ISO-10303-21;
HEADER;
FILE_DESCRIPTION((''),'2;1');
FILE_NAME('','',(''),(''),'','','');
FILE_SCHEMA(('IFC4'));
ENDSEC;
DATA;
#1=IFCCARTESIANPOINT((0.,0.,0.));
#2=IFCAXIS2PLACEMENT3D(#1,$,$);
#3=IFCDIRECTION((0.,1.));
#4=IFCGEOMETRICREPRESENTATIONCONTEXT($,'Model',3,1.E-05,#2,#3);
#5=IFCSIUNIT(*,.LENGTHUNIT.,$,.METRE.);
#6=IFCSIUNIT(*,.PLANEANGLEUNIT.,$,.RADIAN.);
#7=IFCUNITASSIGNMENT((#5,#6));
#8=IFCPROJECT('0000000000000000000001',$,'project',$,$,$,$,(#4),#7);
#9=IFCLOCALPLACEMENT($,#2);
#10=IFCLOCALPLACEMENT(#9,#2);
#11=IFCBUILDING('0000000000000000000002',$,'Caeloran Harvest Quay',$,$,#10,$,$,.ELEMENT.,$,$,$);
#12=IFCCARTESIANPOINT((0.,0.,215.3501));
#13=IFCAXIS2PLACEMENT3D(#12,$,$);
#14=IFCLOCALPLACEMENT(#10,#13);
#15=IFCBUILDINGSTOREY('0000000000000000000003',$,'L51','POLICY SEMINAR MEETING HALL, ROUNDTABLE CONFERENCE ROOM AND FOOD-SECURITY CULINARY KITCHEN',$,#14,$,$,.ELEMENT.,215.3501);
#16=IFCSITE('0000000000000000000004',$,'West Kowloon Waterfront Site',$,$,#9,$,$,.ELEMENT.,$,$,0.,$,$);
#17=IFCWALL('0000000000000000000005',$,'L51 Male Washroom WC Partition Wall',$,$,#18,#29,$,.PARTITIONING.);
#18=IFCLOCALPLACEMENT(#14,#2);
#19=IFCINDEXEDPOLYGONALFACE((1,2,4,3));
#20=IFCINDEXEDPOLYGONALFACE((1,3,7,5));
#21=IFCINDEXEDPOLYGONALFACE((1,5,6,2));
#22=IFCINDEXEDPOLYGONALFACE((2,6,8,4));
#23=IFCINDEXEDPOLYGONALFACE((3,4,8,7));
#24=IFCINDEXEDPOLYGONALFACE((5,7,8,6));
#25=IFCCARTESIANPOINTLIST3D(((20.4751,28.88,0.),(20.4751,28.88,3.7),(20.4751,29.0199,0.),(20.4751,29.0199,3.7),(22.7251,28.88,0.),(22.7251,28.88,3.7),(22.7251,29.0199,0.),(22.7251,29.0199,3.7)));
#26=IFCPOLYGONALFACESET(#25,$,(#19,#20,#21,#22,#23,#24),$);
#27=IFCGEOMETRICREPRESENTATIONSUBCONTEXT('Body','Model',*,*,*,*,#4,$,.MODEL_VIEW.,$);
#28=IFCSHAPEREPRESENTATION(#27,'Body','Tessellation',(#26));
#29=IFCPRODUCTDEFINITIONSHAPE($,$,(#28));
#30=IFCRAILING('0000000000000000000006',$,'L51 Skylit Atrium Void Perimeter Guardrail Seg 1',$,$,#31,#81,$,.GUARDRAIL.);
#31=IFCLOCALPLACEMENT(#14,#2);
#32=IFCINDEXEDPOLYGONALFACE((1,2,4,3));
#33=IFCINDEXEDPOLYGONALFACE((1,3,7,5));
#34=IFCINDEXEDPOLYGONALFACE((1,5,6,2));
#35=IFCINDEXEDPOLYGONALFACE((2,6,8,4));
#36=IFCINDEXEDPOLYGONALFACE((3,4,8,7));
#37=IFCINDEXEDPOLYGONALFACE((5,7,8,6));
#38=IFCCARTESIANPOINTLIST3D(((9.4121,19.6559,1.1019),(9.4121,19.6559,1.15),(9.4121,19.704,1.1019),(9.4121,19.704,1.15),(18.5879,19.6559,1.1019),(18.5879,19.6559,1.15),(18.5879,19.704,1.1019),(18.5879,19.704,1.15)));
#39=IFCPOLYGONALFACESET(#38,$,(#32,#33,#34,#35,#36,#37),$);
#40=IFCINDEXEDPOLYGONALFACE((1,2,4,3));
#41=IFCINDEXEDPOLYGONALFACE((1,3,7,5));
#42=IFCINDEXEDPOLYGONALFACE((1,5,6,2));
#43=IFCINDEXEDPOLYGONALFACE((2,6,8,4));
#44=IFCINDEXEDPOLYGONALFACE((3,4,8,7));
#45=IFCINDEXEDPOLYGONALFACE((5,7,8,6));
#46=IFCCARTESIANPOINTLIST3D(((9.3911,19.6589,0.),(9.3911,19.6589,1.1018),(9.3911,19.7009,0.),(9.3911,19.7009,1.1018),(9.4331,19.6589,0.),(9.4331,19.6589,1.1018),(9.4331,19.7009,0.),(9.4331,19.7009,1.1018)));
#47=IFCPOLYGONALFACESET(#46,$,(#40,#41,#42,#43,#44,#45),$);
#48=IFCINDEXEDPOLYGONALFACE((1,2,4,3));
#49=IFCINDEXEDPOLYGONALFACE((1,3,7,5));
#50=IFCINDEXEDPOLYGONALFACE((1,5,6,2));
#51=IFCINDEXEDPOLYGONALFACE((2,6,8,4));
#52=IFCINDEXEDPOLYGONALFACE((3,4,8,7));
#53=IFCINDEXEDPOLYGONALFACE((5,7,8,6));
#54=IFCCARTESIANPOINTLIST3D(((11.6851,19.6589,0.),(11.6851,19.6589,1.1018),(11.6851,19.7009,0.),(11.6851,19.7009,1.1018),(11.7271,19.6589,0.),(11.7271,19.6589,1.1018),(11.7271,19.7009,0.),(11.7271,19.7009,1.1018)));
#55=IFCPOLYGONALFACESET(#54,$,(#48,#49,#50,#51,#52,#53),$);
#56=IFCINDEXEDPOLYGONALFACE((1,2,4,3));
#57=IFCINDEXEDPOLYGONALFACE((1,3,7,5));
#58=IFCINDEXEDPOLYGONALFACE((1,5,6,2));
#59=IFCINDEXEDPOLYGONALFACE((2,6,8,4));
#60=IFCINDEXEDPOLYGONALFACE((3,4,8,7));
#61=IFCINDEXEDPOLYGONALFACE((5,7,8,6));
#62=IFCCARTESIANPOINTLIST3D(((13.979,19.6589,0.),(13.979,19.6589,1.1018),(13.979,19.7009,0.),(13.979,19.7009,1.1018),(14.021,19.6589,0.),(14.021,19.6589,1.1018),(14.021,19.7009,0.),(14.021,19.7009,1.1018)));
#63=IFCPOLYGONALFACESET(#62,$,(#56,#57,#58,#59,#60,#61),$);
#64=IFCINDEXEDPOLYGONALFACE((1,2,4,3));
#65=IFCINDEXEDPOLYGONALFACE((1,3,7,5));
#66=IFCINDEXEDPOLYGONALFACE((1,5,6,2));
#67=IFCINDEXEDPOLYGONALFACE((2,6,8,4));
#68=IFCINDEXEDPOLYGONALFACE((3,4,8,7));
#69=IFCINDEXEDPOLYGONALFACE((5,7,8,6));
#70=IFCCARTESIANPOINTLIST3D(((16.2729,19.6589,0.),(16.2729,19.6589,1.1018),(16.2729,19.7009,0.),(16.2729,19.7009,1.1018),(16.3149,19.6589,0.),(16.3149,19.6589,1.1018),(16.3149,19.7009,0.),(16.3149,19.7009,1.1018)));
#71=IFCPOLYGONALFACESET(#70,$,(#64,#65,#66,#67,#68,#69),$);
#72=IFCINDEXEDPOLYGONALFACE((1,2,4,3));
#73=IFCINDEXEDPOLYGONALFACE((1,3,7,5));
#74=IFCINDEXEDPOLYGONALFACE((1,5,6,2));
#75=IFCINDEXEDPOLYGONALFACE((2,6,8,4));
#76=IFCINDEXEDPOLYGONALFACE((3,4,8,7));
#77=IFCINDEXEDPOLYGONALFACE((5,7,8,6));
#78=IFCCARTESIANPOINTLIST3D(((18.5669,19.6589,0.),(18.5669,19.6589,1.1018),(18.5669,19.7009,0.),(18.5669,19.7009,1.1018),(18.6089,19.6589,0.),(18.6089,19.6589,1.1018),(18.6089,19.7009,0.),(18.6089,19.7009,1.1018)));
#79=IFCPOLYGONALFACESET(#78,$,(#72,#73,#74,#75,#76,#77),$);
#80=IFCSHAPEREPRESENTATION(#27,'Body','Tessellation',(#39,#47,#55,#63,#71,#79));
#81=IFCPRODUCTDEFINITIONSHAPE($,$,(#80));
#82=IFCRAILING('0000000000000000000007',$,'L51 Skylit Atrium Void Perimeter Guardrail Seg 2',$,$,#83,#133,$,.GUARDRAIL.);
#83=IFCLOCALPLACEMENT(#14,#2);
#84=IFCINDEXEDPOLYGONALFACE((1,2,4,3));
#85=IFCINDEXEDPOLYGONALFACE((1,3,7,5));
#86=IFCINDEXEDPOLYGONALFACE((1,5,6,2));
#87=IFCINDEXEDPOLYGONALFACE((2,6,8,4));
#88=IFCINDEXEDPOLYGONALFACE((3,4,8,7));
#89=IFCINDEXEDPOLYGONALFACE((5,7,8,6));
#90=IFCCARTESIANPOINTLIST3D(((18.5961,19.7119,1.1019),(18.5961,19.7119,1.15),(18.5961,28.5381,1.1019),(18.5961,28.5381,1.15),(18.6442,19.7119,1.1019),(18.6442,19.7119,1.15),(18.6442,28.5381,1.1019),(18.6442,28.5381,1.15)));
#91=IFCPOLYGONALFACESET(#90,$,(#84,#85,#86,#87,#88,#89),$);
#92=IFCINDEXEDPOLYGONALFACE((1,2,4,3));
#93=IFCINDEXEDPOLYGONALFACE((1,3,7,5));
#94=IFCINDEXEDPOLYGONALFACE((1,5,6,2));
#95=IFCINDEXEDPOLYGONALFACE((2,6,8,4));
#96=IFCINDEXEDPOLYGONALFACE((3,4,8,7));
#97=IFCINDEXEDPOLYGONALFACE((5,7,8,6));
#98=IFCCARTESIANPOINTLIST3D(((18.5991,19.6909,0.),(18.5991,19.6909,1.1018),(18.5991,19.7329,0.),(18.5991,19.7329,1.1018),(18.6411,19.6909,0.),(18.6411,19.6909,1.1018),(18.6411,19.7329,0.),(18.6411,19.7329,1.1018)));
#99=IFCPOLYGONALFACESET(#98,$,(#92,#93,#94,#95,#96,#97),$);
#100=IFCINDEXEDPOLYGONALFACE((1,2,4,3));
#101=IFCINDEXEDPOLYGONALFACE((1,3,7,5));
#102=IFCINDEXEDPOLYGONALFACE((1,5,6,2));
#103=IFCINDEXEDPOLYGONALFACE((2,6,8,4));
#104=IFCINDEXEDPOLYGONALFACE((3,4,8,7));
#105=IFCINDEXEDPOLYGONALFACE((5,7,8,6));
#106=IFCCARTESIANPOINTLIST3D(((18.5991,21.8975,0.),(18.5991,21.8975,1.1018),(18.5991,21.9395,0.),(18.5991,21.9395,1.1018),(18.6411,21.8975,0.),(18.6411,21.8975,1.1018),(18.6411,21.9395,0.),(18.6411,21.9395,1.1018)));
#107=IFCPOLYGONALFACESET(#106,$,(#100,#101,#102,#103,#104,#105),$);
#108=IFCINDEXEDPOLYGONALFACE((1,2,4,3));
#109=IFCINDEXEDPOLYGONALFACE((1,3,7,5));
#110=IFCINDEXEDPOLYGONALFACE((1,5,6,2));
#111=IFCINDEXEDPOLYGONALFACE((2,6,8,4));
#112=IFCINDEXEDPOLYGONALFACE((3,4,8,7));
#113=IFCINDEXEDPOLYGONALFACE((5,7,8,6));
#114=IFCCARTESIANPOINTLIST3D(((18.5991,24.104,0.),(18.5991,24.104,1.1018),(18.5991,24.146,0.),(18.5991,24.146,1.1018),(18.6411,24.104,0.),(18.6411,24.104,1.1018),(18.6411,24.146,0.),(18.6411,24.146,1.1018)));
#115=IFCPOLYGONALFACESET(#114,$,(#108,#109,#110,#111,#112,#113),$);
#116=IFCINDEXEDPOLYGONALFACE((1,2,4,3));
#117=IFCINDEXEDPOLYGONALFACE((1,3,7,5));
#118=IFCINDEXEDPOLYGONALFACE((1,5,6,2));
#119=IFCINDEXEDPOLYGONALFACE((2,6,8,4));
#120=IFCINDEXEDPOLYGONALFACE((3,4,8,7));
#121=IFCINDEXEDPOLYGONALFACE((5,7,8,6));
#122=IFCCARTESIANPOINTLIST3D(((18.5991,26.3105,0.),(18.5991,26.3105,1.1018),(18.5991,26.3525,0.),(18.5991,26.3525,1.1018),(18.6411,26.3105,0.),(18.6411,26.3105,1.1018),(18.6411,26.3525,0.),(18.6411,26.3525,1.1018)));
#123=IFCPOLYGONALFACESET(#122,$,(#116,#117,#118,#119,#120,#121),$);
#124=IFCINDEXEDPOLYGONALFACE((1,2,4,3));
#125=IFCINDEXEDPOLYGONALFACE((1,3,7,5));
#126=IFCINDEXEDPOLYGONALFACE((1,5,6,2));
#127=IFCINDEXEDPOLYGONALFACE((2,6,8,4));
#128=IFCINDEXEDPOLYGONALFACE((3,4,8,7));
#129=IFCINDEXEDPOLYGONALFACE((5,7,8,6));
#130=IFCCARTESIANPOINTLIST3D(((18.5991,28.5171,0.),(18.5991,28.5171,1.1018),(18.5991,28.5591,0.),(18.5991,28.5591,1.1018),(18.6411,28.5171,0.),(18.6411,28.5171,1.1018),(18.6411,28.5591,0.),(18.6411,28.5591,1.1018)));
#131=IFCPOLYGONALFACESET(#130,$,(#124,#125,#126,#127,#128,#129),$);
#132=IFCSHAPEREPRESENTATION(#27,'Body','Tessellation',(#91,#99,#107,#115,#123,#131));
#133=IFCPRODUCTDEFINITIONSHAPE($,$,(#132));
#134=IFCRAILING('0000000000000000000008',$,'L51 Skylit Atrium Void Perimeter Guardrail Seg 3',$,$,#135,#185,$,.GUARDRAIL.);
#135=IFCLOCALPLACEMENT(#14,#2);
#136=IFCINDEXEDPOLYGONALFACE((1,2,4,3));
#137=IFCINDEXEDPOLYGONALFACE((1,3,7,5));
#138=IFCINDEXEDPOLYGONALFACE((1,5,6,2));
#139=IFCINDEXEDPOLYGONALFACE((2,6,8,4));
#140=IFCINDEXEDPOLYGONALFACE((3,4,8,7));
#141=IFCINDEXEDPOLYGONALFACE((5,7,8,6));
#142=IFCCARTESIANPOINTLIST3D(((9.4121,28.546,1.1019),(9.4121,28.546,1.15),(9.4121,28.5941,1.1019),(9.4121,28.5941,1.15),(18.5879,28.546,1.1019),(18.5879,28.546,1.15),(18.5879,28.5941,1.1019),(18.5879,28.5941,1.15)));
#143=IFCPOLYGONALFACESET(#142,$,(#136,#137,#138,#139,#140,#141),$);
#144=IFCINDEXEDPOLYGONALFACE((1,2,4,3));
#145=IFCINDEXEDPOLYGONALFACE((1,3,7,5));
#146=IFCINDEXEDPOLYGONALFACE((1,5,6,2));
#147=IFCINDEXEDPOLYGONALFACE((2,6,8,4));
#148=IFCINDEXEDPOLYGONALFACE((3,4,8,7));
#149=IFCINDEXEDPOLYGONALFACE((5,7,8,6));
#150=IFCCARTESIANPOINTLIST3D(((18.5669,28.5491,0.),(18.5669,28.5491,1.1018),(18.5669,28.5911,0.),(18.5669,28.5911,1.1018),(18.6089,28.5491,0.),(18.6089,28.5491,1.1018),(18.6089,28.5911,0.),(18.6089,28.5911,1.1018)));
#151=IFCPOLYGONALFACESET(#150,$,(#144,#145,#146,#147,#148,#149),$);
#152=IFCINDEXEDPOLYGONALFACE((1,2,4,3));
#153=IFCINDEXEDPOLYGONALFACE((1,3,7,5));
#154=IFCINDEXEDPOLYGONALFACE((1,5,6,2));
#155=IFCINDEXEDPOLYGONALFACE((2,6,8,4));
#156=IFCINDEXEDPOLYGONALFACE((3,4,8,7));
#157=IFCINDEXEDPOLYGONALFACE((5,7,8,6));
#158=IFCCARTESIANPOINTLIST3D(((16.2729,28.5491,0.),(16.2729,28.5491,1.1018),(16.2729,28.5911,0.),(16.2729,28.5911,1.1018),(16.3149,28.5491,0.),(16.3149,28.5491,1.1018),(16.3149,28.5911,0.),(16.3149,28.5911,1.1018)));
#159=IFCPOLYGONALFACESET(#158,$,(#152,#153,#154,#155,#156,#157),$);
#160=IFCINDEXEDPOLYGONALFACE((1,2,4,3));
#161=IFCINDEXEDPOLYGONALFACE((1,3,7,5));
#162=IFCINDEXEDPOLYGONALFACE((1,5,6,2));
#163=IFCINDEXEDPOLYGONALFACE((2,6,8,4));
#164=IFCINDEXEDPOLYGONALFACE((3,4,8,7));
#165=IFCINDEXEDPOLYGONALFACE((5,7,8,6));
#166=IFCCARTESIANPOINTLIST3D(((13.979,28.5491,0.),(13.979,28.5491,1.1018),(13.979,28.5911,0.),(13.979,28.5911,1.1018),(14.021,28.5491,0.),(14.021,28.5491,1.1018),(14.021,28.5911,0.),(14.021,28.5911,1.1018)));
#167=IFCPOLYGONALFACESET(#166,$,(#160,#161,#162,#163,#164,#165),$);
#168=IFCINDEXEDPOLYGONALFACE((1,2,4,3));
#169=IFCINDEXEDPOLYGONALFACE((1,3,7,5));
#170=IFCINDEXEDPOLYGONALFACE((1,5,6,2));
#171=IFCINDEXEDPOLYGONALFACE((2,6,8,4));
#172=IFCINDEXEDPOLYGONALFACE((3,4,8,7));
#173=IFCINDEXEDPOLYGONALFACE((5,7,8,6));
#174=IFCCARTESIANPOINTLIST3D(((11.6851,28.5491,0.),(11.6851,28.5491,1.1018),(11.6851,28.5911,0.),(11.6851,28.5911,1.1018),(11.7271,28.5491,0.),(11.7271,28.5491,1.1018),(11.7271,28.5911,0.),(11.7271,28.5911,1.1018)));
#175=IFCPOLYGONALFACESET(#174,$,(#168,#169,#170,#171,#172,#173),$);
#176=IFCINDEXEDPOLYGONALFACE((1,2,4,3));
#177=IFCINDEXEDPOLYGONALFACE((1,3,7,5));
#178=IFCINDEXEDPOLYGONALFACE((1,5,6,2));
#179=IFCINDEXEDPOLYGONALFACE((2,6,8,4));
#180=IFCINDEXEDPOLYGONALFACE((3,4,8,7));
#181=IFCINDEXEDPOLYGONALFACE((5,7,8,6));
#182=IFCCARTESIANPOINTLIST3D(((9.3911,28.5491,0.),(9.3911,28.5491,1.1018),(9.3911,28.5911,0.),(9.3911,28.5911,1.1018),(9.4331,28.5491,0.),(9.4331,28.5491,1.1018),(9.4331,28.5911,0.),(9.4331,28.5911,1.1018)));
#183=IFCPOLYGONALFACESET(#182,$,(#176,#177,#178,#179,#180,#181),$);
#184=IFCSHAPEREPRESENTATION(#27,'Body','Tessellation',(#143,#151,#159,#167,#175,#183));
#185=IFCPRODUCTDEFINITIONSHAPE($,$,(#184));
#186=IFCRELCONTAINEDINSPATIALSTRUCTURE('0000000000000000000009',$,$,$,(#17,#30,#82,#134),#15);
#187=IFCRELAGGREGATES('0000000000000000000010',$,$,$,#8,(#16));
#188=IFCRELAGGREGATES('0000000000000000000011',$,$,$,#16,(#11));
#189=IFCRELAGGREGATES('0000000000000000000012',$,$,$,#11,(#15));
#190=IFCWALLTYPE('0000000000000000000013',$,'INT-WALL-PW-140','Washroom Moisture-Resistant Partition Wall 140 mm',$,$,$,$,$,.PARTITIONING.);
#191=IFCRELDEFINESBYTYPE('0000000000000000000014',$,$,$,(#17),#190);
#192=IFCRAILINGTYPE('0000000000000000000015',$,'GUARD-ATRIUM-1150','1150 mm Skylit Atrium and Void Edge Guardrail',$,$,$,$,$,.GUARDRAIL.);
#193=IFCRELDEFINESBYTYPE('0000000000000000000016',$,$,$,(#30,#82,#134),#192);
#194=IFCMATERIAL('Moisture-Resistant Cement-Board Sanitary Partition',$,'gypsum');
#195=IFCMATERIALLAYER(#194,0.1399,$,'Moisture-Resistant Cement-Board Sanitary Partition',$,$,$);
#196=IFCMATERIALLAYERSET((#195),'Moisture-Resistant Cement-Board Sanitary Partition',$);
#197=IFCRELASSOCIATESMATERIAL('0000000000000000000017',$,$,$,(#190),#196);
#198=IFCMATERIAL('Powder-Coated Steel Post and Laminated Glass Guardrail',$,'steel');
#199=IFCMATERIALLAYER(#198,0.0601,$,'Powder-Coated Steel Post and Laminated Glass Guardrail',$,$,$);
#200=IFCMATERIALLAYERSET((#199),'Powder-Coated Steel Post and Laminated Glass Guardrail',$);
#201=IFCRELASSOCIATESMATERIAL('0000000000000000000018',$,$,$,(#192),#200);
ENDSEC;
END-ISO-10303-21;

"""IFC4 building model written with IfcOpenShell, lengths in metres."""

from ifc_helpers import new_model, si_unit, direction, frame, frame_2d, origin, origin_2d, place, context, subcontext, project, spatial, rectangle, extrude, material, layer, layer_set, type_object, element, save


model = new_model("IFC4")

# Units and contexts
model_context = context("Model", 3, precision=1e-05, world=origin(), true_north=direction((0.0, 1.0)))
body_context = subcontext(model_context, "Body", "Model", "MODEL_VIEW")
ifc_project = project(units=[si_unit("LENGTHUNIT", "METRE"), si_unit("PLANEANGLEUNIT", "RADIAN")], contexts=[model_context])

# Site, building, storey
site_placement = place(None, origin())
site = spatial("IfcSite", under=ifc_project, at=site_placement, Name="West Kowloon Waterfront Site", CompositionType="ELEMENT", RefElevation=0.0)
building_placement = place(site_placement, origin())
building = spatial("IfcBuilding", under=site, at=building_placement, Name="Caeloran Harvest Quay", CompositionType="ELEMENT")
storey_placement = place(building_placement, frame((0.0, 0.0, 215.3501)))
storey = spatial("IfcBuildingStorey", under=building, at=storey_placement, Name="L51", Description="POLICY SEMINAR MEETING HALL, ROUNDTABLE CONFERENCE ROOM AND FOOD-SECURITY CULINARY KITCHEN", CompositionType="ELEMENT", Elevation=215.3501)

# Shared definitions
ifc_material_1 = material(Name="Moisture-Resistant Cement-Board Sanitary Partition", Category="gypsum")
ifc_layer_1 = layer(ifc_material_1, 0.1399, Name="Moisture-Resistant Cement-Board Sanitary Partition")
ifc_layer_set_1 = layer_set([ifc_layer_1], Name="Moisture-Resistant Cement-Board Sanitary Partition")
wall_type_1 = type_object("IfcWallType", Name="INT-WALL-PW-140", Description="Washroom Moisture-Resistant Partition Wall 140 mm", PredefinedType="PARTITIONING", material=ifc_layer_set_1)

# Wall
wall_1_placement = place(storey_placement, frame((20.4751, 28.95, 0.0), z_axis=(0.0, 0.0, 1.0), x_axis=(1.0, 0.0, 0.0)))
element("IfcWall", 1, at=wall_1_placement, inside=storey, type_object=wall_type_1, Name="L51 Male Washroom WC Partition Wall", PredefinedType="PARTITIONING", context=body_context, shape_type="SweptSolid", body=[
    extrude(rectangle(XDim=2.25, YDim=0.1399, at=frame_2d((1.125, 0.0))), origin(), (0.0, 0.0, 1.0), 3.7),
])

# Railings
ifc_material_2 = material(Name="Powder-Coated Steel Post and Laminated Glass Guardrail", Category="steel")
ifc_layer_2 = layer(ifc_material_2, 0.0601, Name="Powder-Coated Steel Post and Laminated Glass Guardrail")
ifc_layer_set_2 = layer_set([ifc_layer_2], Name="Powder-Coated Steel Post and Laminated Glass Guardrail")
railing_type = type_object("IfcRailingType", Name="GUARD-ATRIUM-1150", Description="1150 mm Skylit Atrium and Void Edge Guardrail", PredefinedType="GUARDRAIL", material=ifc_layer_set_2)
railing_1_placement = place(storey_placement, frame((9.4121, 19.6799, 0.0)))
element("IfcRailing", 2, at=railing_1_placement, inside=storey, type_object=railing_type, Name="L51 Skylit Atrium Void Perimeter Guardrail Seg 1", PredefinedType="GUARDRAIL", context=body_context, shape_type="SweptSolid", body=[
    extrude(rectangle(XDim=0.0481, YDim=0.0481, at=origin_2d()), frame((0.0, 0.0, 1.126), z_axis=(1.0, 0.0, 0.0), x_axis=(0.0, 1.0, 0.0)), (0.0, 0.0, 1.0), 9.1758),
    extrude(rectangle(XDim=0.042, YDim=0.042, at=origin_2d()), origin(), (0.0, 0.0, 1.0), 1.1018),
    extrude(rectangle(XDim=0.042, YDim=0.042, at=origin_2d()), frame((2.2939, 0.0, 0.0)), (0.0, 0.0, 1.0), 1.1018),
    extrude(rectangle(XDim=0.042, YDim=0.042, at=origin_2d()), frame((4.5879, 0.0, 0.0)), (0.0, 0.0, 1.0), 1.1018),
    extrude(rectangle(XDim=0.042, YDim=0.042, at=origin_2d()), frame((6.8818, 0.0, 0.0)), (0.0, 0.0, 1.0), 1.1018),
    extrude(rectangle(XDim=0.042, YDim=0.042, at=origin_2d()), frame((9.1758, 0.0, 0.0)), (0.0, 0.0, 1.0), 1.1018),
])
railing_2_placement = place(storey_placement, frame((18.6201, 19.7119, 0.0)))
element("IfcRailing", 3, at=railing_2_placement, inside=storey, type_object=railing_type, Name="L51 Skylit Atrium Void Perimeter Guardrail Seg 2", PredefinedType="GUARDRAIL", context=body_context, shape_type="SweptSolid", body=[
    extrude(rectangle(XDim=0.0481, YDim=0.0481, at=origin_2d()), frame((0.0, 0.0, 1.126), z_axis=(0.0, 1.0, 0.0), x_axis=(-1.0, 0.0, 0.0)), (0.0, 0.0, 1.0), 8.8262),
    extrude(rectangle(XDim=0.042, YDim=0.042, at=origin_2d()), origin(), (0.0, 0.0, 1.0), 1.1018),
    extrude(rectangle(XDim=0.042, YDim=0.042, at=origin_2d()), frame((0.0, 2.2065, 0.0)), (0.0, 0.0, 1.0), 1.1018),
    extrude(rectangle(XDim=0.042, YDim=0.042, at=origin_2d()), frame((0.0, 4.4131, 0.0)), (0.0, 0.0, 1.0), 1.1018),
    extrude(rectangle(XDim=0.042, YDim=0.042, at=origin_2d()), frame((0.0, 6.6196, 0.0)), (0.0, 0.0, 1.0), 1.1018),
    extrude(rectangle(XDim=0.042, YDim=0.042, at=origin_2d()), frame((0.0, 8.8262, 0.0)), (0.0, 0.0, 1.0), 1.1018),
])
railing_3_placement = place(storey_placement, frame((18.5879, 28.5701, 0.0)))
element("IfcRailing", 4, at=railing_3_placement, inside=storey, type_object=railing_type, Name="L51 Skylit Atrium Void Perimeter Guardrail Seg 3", PredefinedType="GUARDRAIL", context=body_context, shape_type="SweptSolid", body=[
    extrude(rectangle(XDim=0.0481, YDim=0.0481, at=origin_2d()), frame((0.0, 0.0, 1.126), z_axis=(-1.0, 0.0, 0.0), x_axis=(0.0, -1.0, 0.0)), (0.0, 0.0, 1.0), 9.1758),
    extrude(rectangle(XDim=0.042, YDim=0.042, at=origin_2d()), origin(), (0.0, 0.0, 1.0), 1.1018),
    extrude(rectangle(XDim=0.042, YDim=0.042, at=origin_2d()), frame((-2.2939, 0.0, 0.0)), (0.0, 0.0, 1.0), 1.1018),
    extrude(rectangle(XDim=0.042, YDim=0.042, at=origin_2d()), frame((-4.5879, 0.0, 0.0)), (0.0, 0.0, 1.0), 1.1018),
    extrude(rectangle(XDim=0.042, YDim=0.042, at=origin_2d()), frame((-6.8818, 0.0, 0.0)), (0.0, 0.0, 1.0), 1.1018),
    extrude(rectangle(XDim=0.042, YDim=0.042, at=origin_2d()), frame((-9.1758, 0.0, 0.0)), (0.0, 0.0, 1.0), 1.1018),
])

save(model, "model.ifc")
